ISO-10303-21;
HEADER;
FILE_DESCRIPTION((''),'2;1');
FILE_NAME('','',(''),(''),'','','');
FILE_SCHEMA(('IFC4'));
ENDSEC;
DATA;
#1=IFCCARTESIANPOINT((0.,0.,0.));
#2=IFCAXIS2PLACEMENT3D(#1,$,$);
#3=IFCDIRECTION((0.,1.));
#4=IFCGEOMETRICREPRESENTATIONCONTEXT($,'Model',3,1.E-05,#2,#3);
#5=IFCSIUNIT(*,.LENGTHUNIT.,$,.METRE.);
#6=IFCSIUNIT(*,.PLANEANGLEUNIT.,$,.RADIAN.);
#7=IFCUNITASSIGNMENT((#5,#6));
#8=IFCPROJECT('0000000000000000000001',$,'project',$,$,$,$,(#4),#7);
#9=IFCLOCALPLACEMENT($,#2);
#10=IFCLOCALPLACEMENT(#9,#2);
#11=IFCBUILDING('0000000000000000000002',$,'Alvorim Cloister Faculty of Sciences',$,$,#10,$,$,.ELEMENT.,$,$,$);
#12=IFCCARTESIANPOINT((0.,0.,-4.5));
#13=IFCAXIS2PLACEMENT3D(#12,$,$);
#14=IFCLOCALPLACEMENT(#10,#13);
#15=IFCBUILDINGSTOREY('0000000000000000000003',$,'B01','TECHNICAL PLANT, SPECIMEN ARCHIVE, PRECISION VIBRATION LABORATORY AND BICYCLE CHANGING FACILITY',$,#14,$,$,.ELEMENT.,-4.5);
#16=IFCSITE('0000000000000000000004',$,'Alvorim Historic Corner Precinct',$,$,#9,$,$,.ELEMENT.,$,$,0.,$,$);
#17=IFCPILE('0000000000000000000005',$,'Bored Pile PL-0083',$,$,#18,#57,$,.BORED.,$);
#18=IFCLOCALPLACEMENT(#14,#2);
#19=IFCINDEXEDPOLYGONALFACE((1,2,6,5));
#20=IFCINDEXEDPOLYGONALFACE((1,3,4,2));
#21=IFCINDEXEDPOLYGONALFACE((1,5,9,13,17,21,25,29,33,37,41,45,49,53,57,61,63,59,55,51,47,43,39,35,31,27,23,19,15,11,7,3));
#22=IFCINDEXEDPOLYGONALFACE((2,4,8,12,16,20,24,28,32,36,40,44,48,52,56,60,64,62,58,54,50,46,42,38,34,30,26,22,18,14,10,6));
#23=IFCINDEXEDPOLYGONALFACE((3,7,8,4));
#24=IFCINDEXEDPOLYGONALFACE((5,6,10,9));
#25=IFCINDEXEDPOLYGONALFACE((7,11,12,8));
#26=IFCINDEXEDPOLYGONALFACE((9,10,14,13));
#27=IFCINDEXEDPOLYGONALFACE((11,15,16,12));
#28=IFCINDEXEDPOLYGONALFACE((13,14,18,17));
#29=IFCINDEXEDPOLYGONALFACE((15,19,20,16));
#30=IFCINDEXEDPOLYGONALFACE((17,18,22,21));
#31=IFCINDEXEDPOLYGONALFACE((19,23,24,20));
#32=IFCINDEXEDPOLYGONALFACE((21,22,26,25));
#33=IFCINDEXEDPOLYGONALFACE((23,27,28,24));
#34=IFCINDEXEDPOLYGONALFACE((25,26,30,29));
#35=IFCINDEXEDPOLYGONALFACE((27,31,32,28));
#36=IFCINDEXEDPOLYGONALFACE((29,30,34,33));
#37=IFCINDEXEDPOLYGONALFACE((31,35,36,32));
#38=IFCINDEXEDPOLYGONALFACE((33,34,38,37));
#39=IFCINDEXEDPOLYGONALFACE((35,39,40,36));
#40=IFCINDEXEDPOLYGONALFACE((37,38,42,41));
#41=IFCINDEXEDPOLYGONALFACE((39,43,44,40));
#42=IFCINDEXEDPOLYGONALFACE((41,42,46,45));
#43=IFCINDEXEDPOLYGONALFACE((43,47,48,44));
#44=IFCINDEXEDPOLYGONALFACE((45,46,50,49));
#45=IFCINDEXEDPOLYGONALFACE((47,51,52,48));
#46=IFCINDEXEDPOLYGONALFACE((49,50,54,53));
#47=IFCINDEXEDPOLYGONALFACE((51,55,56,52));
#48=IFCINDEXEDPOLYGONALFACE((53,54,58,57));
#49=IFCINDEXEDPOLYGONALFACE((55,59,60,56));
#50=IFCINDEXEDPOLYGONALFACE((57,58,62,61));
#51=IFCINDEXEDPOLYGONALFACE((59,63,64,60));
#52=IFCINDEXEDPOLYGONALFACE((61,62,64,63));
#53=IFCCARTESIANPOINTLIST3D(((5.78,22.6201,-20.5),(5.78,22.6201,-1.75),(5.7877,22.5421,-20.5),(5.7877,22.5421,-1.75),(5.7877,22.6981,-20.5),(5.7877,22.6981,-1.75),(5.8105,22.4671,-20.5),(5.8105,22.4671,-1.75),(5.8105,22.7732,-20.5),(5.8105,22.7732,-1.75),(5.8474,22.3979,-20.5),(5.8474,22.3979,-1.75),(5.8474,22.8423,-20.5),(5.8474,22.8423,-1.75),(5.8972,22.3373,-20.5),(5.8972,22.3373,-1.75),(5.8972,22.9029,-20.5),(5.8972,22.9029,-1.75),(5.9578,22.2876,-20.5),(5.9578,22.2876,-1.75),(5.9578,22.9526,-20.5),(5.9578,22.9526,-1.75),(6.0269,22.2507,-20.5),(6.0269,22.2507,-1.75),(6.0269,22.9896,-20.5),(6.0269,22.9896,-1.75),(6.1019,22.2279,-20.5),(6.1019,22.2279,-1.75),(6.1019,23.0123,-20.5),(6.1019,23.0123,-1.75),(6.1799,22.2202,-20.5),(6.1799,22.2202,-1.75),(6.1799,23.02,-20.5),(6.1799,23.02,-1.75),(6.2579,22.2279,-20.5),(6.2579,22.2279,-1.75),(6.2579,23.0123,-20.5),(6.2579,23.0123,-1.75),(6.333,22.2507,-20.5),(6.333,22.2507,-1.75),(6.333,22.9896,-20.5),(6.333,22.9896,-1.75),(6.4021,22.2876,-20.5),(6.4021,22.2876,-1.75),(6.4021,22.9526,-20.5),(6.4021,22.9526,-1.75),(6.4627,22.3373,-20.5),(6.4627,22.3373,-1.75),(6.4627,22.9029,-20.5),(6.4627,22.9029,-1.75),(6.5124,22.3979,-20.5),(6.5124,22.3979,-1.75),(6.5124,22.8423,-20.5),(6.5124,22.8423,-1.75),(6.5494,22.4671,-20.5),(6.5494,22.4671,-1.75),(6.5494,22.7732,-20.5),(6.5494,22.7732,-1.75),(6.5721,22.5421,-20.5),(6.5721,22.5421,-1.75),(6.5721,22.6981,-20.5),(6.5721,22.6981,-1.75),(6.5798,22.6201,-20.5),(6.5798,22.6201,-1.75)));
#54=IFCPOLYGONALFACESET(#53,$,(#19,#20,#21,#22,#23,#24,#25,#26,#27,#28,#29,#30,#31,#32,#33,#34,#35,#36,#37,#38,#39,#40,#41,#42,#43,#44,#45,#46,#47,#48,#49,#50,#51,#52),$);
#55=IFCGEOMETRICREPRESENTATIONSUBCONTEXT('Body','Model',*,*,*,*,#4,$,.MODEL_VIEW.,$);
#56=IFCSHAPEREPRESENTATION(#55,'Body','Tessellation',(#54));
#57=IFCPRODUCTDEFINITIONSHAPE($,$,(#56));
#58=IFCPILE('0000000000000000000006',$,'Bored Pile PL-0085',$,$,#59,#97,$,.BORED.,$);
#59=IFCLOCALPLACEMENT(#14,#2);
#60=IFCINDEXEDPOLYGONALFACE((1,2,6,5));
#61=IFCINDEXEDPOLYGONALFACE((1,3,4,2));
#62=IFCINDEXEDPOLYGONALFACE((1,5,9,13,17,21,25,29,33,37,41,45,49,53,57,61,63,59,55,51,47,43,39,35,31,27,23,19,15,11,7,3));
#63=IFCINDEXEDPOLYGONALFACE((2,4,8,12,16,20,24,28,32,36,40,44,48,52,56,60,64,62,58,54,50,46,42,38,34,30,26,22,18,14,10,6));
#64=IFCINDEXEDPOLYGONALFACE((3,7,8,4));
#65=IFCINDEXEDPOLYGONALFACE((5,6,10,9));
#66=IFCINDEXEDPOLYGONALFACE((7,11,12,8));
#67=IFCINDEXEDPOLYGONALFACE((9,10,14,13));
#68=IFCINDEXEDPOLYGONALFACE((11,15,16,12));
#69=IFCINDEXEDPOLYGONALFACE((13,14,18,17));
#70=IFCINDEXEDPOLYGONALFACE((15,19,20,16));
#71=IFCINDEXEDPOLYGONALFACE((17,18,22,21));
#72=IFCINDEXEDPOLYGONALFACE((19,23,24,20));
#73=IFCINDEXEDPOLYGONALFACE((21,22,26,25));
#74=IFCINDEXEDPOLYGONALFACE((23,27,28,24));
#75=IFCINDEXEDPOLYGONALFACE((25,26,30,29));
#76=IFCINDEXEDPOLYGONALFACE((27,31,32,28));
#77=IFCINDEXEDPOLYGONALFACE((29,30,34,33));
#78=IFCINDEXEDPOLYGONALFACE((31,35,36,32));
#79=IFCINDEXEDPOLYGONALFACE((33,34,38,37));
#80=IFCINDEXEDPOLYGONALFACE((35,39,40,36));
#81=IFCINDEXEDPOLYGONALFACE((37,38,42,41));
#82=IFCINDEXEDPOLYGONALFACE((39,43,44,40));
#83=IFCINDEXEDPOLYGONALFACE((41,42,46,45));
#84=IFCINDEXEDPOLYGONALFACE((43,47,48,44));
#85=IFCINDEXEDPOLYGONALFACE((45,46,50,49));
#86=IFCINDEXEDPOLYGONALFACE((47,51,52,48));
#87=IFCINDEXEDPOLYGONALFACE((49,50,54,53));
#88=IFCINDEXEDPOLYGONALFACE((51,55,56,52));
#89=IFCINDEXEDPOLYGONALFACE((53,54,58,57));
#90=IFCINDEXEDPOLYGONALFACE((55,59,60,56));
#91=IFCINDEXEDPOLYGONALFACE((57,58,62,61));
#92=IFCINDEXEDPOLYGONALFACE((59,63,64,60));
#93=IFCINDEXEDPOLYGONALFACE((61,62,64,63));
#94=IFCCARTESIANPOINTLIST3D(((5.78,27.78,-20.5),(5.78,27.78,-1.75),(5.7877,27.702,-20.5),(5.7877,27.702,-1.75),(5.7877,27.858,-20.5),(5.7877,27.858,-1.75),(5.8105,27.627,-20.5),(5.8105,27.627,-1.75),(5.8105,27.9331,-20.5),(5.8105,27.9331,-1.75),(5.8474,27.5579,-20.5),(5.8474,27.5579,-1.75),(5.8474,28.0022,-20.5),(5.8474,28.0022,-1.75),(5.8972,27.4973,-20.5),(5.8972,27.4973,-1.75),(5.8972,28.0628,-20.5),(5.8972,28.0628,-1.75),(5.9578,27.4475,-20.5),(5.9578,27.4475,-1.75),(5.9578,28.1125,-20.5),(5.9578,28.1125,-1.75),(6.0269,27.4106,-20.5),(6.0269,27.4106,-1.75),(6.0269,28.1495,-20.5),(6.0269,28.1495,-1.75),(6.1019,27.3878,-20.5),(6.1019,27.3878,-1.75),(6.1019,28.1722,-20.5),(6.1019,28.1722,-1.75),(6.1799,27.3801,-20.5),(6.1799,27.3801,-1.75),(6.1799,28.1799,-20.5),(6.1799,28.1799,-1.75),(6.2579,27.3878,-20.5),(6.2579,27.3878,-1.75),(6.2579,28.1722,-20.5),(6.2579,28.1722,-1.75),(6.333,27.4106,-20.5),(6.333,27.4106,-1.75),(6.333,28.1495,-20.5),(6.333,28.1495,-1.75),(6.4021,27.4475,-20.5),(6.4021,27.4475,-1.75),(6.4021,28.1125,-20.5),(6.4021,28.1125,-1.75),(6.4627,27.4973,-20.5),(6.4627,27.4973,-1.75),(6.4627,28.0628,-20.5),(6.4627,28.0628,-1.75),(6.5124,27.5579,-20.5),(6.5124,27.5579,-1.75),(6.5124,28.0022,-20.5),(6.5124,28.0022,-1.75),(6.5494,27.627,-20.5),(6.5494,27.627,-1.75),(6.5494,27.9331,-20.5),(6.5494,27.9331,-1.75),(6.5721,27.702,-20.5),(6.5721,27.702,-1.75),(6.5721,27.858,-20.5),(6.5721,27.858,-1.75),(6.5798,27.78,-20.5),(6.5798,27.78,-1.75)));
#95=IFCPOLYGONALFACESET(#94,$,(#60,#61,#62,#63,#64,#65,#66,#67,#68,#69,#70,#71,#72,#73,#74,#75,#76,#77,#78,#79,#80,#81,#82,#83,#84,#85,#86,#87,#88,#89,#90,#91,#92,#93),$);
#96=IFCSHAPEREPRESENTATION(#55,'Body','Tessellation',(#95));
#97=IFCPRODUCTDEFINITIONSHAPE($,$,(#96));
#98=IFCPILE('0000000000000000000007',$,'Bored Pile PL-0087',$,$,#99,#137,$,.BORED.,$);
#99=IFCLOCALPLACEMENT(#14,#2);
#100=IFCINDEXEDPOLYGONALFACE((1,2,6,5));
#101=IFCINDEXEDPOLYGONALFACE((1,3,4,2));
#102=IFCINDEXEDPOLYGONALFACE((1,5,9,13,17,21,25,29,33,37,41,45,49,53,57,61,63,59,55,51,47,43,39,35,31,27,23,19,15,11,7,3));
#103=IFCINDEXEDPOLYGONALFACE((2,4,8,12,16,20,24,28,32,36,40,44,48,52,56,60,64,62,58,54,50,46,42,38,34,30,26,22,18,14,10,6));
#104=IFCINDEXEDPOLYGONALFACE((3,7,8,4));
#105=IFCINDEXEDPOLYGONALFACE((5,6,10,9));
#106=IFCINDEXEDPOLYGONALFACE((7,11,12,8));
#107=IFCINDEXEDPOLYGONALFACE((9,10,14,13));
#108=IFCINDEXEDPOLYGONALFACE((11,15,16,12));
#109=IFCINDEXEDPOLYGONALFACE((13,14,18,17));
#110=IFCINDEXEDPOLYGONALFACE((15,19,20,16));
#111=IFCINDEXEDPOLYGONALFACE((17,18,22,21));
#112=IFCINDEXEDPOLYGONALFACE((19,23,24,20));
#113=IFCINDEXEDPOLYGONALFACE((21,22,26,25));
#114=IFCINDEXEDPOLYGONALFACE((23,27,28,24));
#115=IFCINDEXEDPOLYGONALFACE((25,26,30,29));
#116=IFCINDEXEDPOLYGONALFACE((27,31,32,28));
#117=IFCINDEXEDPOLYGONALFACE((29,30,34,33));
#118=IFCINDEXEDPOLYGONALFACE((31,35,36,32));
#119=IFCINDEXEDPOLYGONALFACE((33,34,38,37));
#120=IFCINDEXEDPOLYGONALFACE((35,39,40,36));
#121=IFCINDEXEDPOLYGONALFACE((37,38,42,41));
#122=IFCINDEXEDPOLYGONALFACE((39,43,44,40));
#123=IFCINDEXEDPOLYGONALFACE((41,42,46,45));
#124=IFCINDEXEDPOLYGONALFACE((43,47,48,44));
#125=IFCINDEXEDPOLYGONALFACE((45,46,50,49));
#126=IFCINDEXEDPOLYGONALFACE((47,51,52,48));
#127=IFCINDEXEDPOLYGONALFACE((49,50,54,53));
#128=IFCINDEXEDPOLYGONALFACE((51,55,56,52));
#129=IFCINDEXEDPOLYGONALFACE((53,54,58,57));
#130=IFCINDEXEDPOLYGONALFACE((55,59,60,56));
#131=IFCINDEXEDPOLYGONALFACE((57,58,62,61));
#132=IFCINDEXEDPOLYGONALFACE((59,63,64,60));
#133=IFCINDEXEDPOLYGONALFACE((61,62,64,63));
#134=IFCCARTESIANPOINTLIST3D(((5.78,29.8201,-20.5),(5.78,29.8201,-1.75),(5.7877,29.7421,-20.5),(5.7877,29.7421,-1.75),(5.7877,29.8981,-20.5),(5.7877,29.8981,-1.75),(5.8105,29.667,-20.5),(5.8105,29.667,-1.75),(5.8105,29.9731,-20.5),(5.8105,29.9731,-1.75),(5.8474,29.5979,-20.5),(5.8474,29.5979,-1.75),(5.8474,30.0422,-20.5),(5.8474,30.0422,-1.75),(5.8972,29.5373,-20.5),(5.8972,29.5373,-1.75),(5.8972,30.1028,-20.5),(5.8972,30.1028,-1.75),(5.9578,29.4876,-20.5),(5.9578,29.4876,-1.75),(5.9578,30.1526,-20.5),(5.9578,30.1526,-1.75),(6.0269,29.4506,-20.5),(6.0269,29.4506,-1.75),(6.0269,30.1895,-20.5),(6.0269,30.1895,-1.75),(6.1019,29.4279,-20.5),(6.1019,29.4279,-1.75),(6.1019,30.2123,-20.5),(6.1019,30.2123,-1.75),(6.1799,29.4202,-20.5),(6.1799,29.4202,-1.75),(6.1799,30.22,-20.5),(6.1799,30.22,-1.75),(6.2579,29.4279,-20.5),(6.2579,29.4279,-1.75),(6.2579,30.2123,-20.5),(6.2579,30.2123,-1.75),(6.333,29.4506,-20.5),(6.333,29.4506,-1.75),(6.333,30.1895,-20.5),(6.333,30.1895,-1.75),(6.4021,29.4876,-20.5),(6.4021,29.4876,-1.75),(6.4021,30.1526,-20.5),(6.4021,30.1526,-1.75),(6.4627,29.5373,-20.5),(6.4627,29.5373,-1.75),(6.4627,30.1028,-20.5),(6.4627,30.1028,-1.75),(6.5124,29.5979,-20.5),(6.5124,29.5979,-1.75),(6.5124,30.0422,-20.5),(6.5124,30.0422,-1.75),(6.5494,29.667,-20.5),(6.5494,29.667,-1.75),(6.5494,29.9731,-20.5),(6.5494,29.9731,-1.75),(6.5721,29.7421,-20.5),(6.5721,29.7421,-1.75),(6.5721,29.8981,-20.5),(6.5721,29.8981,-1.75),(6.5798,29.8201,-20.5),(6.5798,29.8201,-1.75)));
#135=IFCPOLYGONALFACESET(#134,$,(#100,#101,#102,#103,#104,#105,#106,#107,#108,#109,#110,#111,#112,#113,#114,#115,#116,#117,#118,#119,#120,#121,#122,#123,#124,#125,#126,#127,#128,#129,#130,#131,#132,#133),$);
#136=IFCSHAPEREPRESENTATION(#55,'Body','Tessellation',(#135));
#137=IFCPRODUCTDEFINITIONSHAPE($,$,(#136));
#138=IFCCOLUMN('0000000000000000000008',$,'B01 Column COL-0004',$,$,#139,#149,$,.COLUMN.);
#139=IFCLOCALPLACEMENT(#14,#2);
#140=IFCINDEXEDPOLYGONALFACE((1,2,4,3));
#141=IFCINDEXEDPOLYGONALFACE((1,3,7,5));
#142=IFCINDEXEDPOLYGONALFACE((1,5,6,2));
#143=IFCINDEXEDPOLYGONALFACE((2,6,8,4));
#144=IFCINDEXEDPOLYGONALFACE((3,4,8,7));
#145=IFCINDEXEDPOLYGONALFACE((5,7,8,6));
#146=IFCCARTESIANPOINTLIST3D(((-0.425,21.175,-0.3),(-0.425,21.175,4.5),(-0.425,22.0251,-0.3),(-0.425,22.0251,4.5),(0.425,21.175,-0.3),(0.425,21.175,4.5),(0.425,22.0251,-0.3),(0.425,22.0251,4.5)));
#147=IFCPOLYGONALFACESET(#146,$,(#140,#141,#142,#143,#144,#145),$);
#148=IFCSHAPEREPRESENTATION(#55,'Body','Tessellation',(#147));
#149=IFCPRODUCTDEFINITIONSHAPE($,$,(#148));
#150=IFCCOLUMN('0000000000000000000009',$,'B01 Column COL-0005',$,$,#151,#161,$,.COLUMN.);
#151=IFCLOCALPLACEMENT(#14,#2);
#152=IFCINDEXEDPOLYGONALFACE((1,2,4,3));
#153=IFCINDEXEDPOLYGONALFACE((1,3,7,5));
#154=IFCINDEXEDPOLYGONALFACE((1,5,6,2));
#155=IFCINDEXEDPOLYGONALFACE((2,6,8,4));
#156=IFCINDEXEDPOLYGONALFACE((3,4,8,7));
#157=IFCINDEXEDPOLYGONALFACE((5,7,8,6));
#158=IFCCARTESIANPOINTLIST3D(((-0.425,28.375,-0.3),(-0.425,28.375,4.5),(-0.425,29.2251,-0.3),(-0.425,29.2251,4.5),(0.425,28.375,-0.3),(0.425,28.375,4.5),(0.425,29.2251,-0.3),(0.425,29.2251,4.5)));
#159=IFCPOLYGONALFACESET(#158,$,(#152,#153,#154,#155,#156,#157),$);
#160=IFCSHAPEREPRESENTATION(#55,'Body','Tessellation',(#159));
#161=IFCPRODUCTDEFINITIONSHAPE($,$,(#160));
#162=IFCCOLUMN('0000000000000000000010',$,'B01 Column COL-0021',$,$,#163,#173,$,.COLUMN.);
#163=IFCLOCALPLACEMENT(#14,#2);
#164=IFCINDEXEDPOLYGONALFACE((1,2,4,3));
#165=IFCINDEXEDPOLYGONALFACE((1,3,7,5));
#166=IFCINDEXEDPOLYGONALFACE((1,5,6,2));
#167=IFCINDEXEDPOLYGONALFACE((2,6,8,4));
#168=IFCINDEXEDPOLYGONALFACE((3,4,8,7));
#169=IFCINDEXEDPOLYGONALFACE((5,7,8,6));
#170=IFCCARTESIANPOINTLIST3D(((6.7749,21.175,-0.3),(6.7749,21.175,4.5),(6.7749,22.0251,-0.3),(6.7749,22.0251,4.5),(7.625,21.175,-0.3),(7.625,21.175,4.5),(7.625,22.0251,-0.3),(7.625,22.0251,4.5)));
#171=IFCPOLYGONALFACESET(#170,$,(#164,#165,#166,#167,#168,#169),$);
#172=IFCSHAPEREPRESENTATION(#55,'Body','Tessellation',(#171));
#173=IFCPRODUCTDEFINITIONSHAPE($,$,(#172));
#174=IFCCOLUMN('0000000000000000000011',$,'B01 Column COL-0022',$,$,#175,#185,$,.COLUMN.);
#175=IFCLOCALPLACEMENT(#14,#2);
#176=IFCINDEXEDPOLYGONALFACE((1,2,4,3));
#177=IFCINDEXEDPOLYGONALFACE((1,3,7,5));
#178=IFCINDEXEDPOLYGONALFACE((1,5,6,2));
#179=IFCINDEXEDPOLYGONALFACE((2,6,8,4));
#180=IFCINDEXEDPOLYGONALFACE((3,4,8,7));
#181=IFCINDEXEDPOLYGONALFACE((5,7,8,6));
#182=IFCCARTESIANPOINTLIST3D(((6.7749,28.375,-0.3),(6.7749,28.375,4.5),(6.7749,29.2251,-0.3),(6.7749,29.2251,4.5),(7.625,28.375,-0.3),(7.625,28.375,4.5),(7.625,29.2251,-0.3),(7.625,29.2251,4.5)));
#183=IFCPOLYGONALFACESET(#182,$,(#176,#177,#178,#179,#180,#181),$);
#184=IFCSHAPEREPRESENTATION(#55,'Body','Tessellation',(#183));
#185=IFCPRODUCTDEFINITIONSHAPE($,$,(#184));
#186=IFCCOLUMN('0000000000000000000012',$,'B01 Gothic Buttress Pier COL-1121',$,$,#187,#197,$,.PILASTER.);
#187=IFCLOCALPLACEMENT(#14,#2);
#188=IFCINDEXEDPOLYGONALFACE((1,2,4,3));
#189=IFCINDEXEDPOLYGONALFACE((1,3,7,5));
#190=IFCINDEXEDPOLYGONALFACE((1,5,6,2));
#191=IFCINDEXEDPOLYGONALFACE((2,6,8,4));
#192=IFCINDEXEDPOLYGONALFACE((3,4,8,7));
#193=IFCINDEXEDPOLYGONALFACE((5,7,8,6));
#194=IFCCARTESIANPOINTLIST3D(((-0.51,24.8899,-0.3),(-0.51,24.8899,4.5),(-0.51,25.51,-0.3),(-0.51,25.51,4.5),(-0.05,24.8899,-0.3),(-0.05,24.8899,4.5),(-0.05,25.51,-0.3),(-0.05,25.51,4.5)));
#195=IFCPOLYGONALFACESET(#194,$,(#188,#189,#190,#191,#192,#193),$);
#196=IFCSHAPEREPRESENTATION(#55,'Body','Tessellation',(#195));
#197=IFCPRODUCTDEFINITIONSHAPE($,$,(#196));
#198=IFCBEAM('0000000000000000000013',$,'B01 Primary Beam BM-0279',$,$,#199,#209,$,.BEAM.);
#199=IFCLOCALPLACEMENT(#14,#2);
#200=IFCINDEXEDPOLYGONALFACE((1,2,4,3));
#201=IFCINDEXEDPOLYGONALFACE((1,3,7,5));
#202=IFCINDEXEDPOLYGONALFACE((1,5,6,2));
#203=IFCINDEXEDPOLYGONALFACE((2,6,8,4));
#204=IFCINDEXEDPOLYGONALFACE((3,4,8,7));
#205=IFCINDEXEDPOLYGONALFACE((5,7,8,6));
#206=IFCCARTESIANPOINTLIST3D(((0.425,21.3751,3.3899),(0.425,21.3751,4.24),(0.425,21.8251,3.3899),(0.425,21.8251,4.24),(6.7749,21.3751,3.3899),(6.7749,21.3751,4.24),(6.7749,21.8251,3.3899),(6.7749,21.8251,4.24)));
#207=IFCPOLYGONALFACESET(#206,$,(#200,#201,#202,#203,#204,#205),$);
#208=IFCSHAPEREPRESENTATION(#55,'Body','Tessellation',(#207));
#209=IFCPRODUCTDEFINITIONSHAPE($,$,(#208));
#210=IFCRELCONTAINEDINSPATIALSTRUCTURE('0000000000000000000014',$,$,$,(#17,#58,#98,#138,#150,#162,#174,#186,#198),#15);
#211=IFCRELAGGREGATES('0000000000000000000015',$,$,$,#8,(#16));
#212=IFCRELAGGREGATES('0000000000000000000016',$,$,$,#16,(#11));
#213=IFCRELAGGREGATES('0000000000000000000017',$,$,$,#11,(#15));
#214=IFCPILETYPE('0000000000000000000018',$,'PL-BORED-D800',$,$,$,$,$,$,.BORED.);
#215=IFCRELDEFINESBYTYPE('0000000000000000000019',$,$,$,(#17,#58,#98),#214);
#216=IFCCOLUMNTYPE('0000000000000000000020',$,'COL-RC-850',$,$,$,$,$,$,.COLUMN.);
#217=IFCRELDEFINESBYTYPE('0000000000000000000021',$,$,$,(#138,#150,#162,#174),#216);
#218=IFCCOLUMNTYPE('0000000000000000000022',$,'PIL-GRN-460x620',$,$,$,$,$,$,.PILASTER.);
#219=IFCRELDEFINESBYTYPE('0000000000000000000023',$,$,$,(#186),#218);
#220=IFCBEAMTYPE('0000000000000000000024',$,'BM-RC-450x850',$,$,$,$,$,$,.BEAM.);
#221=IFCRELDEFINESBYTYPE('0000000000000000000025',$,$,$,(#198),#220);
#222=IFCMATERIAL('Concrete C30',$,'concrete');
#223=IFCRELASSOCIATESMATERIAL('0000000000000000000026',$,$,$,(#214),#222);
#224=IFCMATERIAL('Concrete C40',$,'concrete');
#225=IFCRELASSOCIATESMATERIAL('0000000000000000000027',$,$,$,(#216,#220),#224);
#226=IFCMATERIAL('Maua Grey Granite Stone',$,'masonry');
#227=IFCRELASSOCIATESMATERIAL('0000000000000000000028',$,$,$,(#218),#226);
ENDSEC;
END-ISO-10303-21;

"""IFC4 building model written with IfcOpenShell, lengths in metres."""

from ifc_helpers import new_model, si_unit, direction, frame, origin, origin_2d, place, context, subcontext, project, spatial, rectangle, circle, extrude, material, material_profile, profile_set, type_object, element, save


model = new_model("IFC4")

# Units and contexts
model_context = context("Model", 3, precision=1e-05, world=origin(), true_north=direction((0.0, 1.0)))
body_context = subcontext(model_context, "Body", "Model", "MODEL_VIEW")
ifc_project = project(units=[si_unit("LENGTHUNIT", "METRE"), si_unit("PLANEANGLEUNIT", "RADIAN")], contexts=[model_context])

# Site, building, storey
site_placement = place(None, origin())
site = spatial("IfcSite", under=ifc_project, at=site_placement, Name="Alvorim Historic Corner Precinct", CompositionType="ELEMENT", RefElevation=0.0)
building_placement = place(site_placement, origin())
building = spatial("IfcBuilding", under=site, at=building_placement, Name="Alvorim Cloister Faculty of Sciences", CompositionType="ELEMENT")
storey_placement = place(building_placement, frame((0.0, 0.0, -4.5)))
storey = spatial("IfcBuildingStorey", under=building, at=storey_placement, Name="B01", Description="TECHNICAL PLANT, SPECIMEN ARCHIVE, PRECISION VIBRATION LABORATORY AND BICYCLE CHANGING FACILITY", CompositionType="ELEMENT", Elevation=-4.5)

# Shared definitions
ifc_material_1 = material(Name="Concrete C40", Category="concrete")

# Piles
ifc_material_2 = material(Name="Concrete C30", Category="concrete")
ifc_material_profile_1 = material_profile(ifc_material_2, circle(Radius=0.3999, at=origin_2d()), Name="PILE-D800")
ifc_profile_set_1 = profile_set([ifc_material_profile_1], Name="Concrete C30")
pile_type_1 = type_object("IfcPileType", Name="PL-BORED-D800", PredefinedType="BORED", material=ifc_profile_set_1)
for number, where, z_axis, x_axis, name in (
    (1, (6.1799, 22.6201, -1.75), (0.0, 0.0, -1.0), (1.0, 0.0, 0.0), "Bored Pile PL-0083"),
    (2, (6.1799, 27.78, -1.75), (0.0, 0.0, -1.0), (1.0, 0.0, 0.0), "Bored Pile PL-0085"),
    (3, (6.1799, 29.8201, -1.75), (0.0, 0.0, -1.0), (1.0, 0.0, 0.0), "Bored Pile PL-0087"),
):
    element("IfcPile", number, at=place(storey_placement, frame(where, z_axis=z_axis, x_axis=x_axis)), inside=storey, type_object=pile_type_1, Name=name, PredefinedType="BORED", context=body_context, shape_type="SweptSolid", body=[
        extrude(circle(Radius=0.3999, at=origin_2d()), origin(), (0.0, 0.0, 1.0), 18.75),
    ])

# Columns
ifc_material_profile_2 = material_profile(ifc_material_1, rectangle(XDim=0.8501, YDim=0.8501, at=origin_2d()), Name="RC40-COL-850x850")
ifc_profile_set_2 = profile_set([ifc_material_profile_2], Name="Concrete C40")
column_type_1 = type_object("IfcColumnType", Name="COL-RC-850", PredefinedType="COLUMN", material=ifc_profile_set_2)
for number, where, z_axis, x_axis, name in (
    (4, (0.0, 21.6001, -0.3), (0.0, 0.0, 1.0), (1.0, 0.0, 0.0), "B01 Column COL-0004"),
    (5, (0.0, 28.8, -0.3), (0.0, 0.0, 1.0), (1.0, 0.0, 0.0), "B01 Column COL-0005"),
    (6, (7.2, 21.6001, -0.3), (0.0, 0.0, 1.0), (1.0, 0.0, 0.0), "B01 Column COL-0021"),
    (7, (7.2, 28.8, -0.3), (0.0, 0.0, 1.0), (1.0, 0.0, 0.0), "B01 Column COL-0022"),
):
    element("IfcColumn", number, at=place(storey_placement, frame(where, z_axis=z_axis, x_axis=x_axis)), inside=storey, type_object=column_type_1, Name=name, PredefinedType="COLUMN", context=body_context, shape_type="SweptSolid", body=[
        extrude(rectangle(XDim=0.8501, YDim=0.8501, at=origin_2d()), origin(), (0.0, 0.0, 1.0), 4.8),
    ])
ifc_material_3 = material(Name="Maua Grey Granite Stone", Category="masonry")
ifc_material_profile_3 = material_profile(ifc_material_3, rectangle(XDim=0.46, YDim=0.6201, at=origin_2d()), Name="GRN-PIER-460x620")
ifc_profile_set_3 = profile_set([ifc_material_profile_3], Name="Maua Grey Granite Stone")
column_type_2 = type_object("IfcColumnType", Name="PIL-GRN-460x620", PredefinedType="PILASTER", material=ifc_profile_set_3)
column_placement = place(storey_placement, frame((-0.28, 25.2, -0.3), z_axis=(0.0, 0.0, 1.0), x_axis=(1.0, 0.0, 0.0)))
element("IfcColumn", 8, at=column_placement, inside=storey, type_object=column_type_2, Name="B01 Gothic Buttress Pier COL-1121", PredefinedType="PILASTER", context=body_context, shape_type="SweptSolid", body=[
    extrude(rectangle(XDim=0.46, YDim=0.6201, at=origin_2d()), origin(), (0.0, 0.0, 1.0), 4.8),
])

# Beam
ifc_material_profile_4 = material_profile(ifc_material_1, rectangle(XDim=0.45, YDim=0.8501, at=origin_2d()), Name="RC40-BM-450x850")
ifc_profile_set_4 = profile_set([ifc_material_profile_4], Name="Concrete C40")
beam_type = type_object("IfcBeamType", Name="BM-RC-450x850", PredefinedType="BEAM", material=ifc_profile_set_4)
for number, where, z_axis, x_axis, name in (
    (9, (0.425, 21.6001, 3.8149), (1.0, 0.0, 0.0), (0.0, 1.0, 0.0), "B01 Primary Beam BM-0279"),
):
    element("IfcBeam", number, at=place(storey_placement, frame(where, z_axis=z_axis, x_axis=x_axis)), inside=storey, type_object=beam_type, Name=name, PredefinedType="BEAM", context=body_context, shape_type="SweptSolid", body=[
        extrude(rectangle(XDim=0.45, YDim=0.8501, at=origin_2d()), origin(), (0.0, 0.0, 1.0), 6.3499),
    ])

save(model, "model.ifc")
